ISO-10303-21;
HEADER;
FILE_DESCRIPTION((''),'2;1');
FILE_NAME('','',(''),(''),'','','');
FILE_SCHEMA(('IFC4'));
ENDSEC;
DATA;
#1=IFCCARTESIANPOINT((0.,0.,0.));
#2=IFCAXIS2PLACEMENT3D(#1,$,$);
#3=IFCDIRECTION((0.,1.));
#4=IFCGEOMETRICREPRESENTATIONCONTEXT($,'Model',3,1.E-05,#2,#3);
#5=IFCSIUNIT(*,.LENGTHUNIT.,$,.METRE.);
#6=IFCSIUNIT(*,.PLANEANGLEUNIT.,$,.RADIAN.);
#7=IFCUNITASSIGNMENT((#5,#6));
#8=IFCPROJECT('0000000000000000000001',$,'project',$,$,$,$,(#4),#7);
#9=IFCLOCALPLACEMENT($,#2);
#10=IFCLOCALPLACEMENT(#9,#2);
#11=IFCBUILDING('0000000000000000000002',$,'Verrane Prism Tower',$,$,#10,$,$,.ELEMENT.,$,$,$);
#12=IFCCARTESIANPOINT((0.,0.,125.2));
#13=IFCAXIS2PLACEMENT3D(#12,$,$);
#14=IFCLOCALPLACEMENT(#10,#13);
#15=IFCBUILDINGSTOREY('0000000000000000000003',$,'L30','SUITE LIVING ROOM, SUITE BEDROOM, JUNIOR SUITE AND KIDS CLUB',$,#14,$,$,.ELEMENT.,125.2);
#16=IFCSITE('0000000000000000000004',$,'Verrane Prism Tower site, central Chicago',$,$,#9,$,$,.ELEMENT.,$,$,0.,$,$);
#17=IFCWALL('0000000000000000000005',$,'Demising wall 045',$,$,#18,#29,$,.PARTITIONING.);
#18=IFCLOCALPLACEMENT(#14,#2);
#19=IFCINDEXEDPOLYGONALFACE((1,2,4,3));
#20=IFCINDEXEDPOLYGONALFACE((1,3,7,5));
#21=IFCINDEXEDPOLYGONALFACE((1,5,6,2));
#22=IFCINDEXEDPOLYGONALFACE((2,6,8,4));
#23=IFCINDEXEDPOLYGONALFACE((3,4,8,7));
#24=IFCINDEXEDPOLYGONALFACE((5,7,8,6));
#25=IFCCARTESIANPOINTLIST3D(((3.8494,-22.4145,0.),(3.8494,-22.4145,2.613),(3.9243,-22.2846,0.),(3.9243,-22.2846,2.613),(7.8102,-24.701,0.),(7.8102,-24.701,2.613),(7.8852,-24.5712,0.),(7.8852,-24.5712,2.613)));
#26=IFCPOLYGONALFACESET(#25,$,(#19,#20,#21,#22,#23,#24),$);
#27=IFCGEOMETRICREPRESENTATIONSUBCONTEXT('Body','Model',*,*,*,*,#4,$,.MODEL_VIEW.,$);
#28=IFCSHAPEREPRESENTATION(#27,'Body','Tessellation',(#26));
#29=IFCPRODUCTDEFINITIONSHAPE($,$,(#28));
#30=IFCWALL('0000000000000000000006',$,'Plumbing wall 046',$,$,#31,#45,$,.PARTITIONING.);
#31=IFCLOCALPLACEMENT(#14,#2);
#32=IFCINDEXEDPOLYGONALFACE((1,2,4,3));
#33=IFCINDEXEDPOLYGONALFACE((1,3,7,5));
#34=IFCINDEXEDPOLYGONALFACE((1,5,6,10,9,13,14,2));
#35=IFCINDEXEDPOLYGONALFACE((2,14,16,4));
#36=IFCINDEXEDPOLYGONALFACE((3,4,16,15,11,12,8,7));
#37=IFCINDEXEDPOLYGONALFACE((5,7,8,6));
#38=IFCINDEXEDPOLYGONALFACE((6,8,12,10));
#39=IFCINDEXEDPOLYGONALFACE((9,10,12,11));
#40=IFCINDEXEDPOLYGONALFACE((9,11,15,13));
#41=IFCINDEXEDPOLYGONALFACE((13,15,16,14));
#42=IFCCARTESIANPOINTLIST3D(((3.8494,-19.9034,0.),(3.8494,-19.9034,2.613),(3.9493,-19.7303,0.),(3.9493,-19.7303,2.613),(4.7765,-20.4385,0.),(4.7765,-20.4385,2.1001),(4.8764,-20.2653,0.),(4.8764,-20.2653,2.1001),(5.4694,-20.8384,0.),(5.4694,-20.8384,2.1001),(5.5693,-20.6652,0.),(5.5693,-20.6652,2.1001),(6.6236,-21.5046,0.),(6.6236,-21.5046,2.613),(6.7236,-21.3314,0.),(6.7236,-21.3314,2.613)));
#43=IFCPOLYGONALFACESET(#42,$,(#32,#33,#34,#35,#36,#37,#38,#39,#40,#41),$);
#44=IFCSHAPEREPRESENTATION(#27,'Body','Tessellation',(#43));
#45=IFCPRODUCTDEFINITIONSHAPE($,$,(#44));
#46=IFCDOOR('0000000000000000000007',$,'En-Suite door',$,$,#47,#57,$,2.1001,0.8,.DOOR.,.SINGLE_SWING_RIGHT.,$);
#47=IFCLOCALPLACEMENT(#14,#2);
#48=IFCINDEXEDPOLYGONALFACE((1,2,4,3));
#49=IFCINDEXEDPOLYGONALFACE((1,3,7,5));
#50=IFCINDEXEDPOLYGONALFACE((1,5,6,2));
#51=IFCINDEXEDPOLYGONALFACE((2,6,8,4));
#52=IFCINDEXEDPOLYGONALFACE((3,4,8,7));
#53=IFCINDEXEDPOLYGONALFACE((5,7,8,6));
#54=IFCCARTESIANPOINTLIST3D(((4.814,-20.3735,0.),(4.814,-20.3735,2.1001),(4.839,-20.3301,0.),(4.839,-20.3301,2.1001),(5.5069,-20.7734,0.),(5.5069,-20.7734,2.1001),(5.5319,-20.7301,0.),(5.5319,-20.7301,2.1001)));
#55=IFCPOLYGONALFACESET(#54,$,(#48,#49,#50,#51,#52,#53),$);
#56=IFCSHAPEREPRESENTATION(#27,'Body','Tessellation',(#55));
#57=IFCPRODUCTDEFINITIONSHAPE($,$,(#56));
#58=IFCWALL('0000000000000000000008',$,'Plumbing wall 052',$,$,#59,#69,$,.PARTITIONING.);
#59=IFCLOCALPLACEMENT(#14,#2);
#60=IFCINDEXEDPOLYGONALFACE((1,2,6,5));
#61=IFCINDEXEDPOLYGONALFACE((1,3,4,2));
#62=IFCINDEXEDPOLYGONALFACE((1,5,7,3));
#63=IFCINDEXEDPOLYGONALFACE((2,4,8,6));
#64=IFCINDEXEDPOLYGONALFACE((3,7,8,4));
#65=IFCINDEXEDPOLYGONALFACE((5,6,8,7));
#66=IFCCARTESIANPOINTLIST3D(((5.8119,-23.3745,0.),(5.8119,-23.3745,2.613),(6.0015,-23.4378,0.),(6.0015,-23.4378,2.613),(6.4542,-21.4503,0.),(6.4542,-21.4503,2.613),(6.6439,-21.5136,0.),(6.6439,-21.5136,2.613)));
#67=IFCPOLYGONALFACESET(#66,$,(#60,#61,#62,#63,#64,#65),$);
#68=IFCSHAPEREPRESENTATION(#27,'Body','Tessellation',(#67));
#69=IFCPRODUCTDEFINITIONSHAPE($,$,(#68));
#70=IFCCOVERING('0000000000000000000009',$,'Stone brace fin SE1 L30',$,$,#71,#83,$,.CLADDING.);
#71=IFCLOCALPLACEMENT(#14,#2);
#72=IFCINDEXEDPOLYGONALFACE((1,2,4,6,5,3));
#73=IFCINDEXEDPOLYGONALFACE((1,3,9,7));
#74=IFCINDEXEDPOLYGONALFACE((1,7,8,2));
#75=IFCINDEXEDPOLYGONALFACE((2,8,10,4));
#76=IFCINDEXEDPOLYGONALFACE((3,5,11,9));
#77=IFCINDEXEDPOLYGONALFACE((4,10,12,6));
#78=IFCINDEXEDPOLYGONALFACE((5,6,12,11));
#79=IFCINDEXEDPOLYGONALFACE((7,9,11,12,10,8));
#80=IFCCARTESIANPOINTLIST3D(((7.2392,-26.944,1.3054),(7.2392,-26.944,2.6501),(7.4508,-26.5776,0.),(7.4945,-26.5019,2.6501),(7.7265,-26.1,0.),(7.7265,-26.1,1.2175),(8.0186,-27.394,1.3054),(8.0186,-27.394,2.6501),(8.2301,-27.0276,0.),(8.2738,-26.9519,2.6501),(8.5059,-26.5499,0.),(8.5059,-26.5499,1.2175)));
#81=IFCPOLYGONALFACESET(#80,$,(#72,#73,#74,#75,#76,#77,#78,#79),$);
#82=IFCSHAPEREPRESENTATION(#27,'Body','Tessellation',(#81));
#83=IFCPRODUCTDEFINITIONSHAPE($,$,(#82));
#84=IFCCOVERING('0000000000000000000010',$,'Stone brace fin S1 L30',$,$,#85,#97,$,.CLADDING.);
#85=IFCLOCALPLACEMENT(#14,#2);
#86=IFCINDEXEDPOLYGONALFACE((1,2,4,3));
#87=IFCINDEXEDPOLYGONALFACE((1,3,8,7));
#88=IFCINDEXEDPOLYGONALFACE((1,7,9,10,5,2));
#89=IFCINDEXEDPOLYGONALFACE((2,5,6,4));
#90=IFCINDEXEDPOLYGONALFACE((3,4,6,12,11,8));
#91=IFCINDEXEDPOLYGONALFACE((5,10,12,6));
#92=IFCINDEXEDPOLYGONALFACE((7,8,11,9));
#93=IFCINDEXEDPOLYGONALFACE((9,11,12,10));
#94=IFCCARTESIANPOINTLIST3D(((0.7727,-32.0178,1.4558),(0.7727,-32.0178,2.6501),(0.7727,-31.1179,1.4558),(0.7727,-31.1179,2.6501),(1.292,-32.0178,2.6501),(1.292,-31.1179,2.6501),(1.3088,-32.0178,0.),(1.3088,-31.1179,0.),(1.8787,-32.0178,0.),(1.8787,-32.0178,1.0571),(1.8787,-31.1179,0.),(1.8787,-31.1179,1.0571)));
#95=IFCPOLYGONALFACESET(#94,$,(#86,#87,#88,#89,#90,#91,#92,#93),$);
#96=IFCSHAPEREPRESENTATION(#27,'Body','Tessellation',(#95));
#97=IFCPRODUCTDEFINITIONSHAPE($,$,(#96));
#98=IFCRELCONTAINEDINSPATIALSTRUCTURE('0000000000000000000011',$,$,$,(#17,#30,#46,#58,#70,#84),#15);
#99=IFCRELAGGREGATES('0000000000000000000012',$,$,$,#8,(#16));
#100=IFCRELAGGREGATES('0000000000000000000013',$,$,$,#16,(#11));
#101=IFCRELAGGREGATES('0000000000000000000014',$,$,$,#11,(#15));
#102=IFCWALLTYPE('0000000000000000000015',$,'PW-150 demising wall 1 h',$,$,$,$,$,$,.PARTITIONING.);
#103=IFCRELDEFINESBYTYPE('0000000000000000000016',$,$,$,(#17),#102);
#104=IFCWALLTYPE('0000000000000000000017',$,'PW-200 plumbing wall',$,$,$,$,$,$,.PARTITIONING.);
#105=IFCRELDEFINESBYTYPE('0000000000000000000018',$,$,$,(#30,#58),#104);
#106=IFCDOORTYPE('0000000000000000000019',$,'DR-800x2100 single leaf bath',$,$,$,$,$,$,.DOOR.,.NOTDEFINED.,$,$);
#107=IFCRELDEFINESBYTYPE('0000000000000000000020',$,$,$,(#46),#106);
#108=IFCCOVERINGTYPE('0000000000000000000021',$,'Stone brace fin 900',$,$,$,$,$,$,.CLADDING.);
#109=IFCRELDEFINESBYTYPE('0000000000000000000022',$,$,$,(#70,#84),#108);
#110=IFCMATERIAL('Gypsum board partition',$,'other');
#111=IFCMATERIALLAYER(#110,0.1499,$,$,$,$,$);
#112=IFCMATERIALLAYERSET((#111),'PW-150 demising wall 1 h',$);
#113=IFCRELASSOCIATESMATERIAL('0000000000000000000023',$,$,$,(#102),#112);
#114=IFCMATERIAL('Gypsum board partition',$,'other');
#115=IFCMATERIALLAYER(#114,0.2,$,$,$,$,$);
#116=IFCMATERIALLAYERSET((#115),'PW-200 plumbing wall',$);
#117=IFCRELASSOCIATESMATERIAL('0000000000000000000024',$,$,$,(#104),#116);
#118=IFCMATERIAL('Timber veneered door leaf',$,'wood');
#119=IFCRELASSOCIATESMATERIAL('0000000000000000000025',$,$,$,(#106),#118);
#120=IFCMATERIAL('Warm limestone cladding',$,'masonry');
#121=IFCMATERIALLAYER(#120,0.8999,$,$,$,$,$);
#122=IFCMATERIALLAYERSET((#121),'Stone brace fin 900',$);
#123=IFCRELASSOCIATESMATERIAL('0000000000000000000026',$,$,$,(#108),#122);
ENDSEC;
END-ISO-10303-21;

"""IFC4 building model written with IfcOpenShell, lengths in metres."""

from ifc_helpers import new_model, si_unit, direction, frame, frame_2d, origin, place, context, subcontext, project, spatial, polyline, rectangle, outline, extrude, material, layer, layer_set, type_object, element, fill, save


model = new_model("IFC4")

# Units and contexts
model_context = context("Model", 3, precision=1e-05, world=origin(), true_north=direction((0.0, 1.0)))
body_context = subcontext(model_context, "Body", "Model", "MODEL_VIEW")
ifc_project = project(units=[si_unit("LENGTHUNIT", "METRE"), si_unit("PLANEANGLEUNIT", "RADIAN")], contexts=[model_context])

# Site, building, storey
site_placement = place(None, origin())
site = spatial("IfcSite", under=ifc_project, at=site_placement, Name="Verrane Prism Tower site, central Chicago", CompositionType="ELEMENT", RefElevation=0.0)
building_placement = place(site_placement, origin())
building = spatial("IfcBuilding", under=site, at=building_placement, Name="Verrane Prism Tower", CompositionType="ELEMENT")
storey_placement = place(building_placement, frame((0.0, 0.0, 125.2)))
storey = spatial("IfcBuildingStorey", under=building, at=storey_placement, Name="L30", Description="SUITE LIVING ROOM, SUITE BEDROOM, JUNIOR SUITE AND KIDS CLUB", CompositionType="ELEMENT", Elevation=125.2)

# Wall
ifc_material_1 = material(Name="Gypsum board partition", Category="other")
ifc_layer_1 = layer(ifc_material_1, 0.1499)
ifc_layer_set_1 = layer_set([ifc_layer_1], Name="PW-150 demising wall 1 h")
wall_type_1 = type_object("IfcWallType", Name="PW-150 demising wall 1 h", PredefinedType="PARTITIONING", material=ifc_layer_set_1)
wall_1_placement = place(storey_placement, frame((3.887, -22.3496, 0.0), z_axis=(0.0, 0.0, 1.0), x_axis=(0.866047, -0.499963, 0.0)))
element("IfcWall", 1, at=wall_1_placement, inside=storey, type_object=wall_type_1, Name="Demising wall 045", PredefinedType="PARTITIONING", context=body_context, shape_type="SweptSolid", body=[
    extrude(rectangle(XDim=4.5735, YDim=0.1499, at=frame_2d((2.2866, 0.0))), origin(), (0.0, 0.0, 1.0), 2.613),
])

# Wall, opening, door
ifc_material_2 = material(Name="Gypsum board partition", Category="other")
ifc_layer_2 = layer(ifc_material_2, 0.2)
ifc_layer_set_2 = layer_set([ifc_layer_2], Name="PW-200 plumbing wall")
wall_type_2 = type_object("IfcWallType", Name="PW-200 plumbing wall", PredefinedType="PARTITIONING", material=ifc_layer_set_2)
wall_2_placement = place(storey_placement, frame((6.6736, -21.418, 0.0), z_axis=(0.0, 0.0, 1.0), x_axis=(-0.866106, 0.499861, 0.0)))
wall_2 = element("IfcWall", 2, at=wall_2_placement, inside=storey, type_object=wall_type_2, Name="Plumbing wall 046", PredefinedType="PARTITIONING", context=body_context, shape_type="SweptSolid", body=[
    extrude(rectangle(XDim=3.2031, YDim=0.2, at=frame_2d((1.6016, 0.0))), origin(), (0.0, 0.0, 1.0), 2.613),
])
opening_1_placement = place(wall_2_placement, frame((1.3328, 0.0, 0.0)))
opening_1 = element("IfcOpeningElement", 3, at=opening_1_placement, cuts=wall_2, PredefinedType="OPENING", context=body_context, shape_type="SweptSolid", body=[
    extrude(rectangle(XDim=0.8, YDim=2.1001, at=frame_2d((0.3999, 1.05))), frame((0.0, 0.1099, 0.0), z_axis=(0.0, -1.0, 0.0), x_axis=(1.0, 0.0, 0.0)), (0.0, 0.0, 1.0), 0.22),
])
ifc_material_3 = material(Name="Timber veneered door leaf", Category="wood")
door_type_1 = type_object("IfcDoorType", Name="DR-800x2100 single leaf bath", OperationType="NOTDEFINED", PredefinedType="DOOR", material=ifc_material_3)
door_1_placement = place(opening_1_placement, origin())
door_1 = element("IfcDoor", 4, at=door_1_placement, inside=storey, type_object=door_type_1, Name="En-Suite door", OperationType="SINGLE_SWING_RIGHT", OverallHeight=2.1001, OverallWidth=0.8, PredefinedType="DOOR", context=body_context, shape_type="SweptSolid", body=[
    extrude(rectangle(XDim=0.8, YDim=2.1001, at=frame_2d((0.3999, 1.05))), frame((0.0, 0.0249, 0.0), z_axis=(0.0, -1.0, 0.0), x_axis=(1.0, 0.0, 0.0)), (0.0, 0.0, 1.0), 0.05),
])
fill(opening_1, door_1)

# Wall
wall_3_placement = place(storey_placement, frame((5.9067, -23.406, 0.0), z_axis=(0.0, 0.0, 1.0), x_axis=(0.316661, 0.948539, 0.0)))
element("IfcWall", 5, at=wall_3_placement, inside=storey, type_object=wall_type_2, Name="Plumbing wall 052", PredefinedType="PARTITIONING", context=body_context, shape_type="SweptSolid", body=[
    extrude(rectangle(XDim=2.0286, YDim=0.2, at=frame_2d((1.0142, 0.0))), origin(), (0.0, 0.0, 1.0), 2.613),
])

# Coverings
ifc_material_4 = material(Name="Warm limestone cladding", Category="masonry")
ifc_layer_3 = layer(ifc_material_4, 0.8999)
ifc_layer_set_3 = layer_set([ifc_layer_3], Name="Stone brace fin 900")
covering_type = type_object("IfcCoveringType", Name="Stone brace fin 900", PredefinedType="CLADDING", material=ifc_layer_set_3)
covering_1_placement = place(storey_placement, frame((8.1162, -26.325, 0.0), z_axis=(0.0, 0.0, 1.0), x_axis=(-0.500019, -0.866015, 0.0)))
element("IfcCovering", 6, at=covering_1_placement, inside=storey, type_object=covering_type, Name="Stone brace fin SE1 L30", PredefinedType="CLADDING", context=body_context, shape_type="SweptSolid", body=[
    extrude(outline(polyline([(0.9746, 2.6501), (0.4641, 2.6501), (0.0, 1.2175), (0.0, 0.0), (0.5515, 0.0), (0.9746, 1.3054), (0.9746, 2.6501)])), frame((0.0, 0.45, 0.0), z_axis=(0.0, -1.0, 0.0), x_axis=(1.0, 0.0, 0.0)), (0.0, 0.0, 1.0), 0.8999),
])
covering_2_placement = place(storey_placement, frame((1.8787, -31.5679, 0.0), z_axis=(0.0, 0.0, 1.0), x_axis=(-1.0, 0.0, 0.0)))
element("IfcCovering", 7, at=covering_2_placement, inside=storey, type_object=covering_type, Name="Stone brace fin S1 L30", PredefinedType="CLADDING", context=body_context, shape_type="SweptSolid", body=[
    extrude(outline(polyline([(1.106, 2.6501), (0.5867, 2.6501), (0.0, 1.0571), (0.0, 0.0), (0.5698, 0.0), (1.106, 1.4558), (1.106, 2.6501)])), frame((0.0, 0.45, 0.0), z_axis=(0.0, -1.0, 0.0), x_axis=(1.0, 0.0, 0.0)), (0.0, 0.0, 1.0), 0.8999),
])

save(model, "model.ifc")
